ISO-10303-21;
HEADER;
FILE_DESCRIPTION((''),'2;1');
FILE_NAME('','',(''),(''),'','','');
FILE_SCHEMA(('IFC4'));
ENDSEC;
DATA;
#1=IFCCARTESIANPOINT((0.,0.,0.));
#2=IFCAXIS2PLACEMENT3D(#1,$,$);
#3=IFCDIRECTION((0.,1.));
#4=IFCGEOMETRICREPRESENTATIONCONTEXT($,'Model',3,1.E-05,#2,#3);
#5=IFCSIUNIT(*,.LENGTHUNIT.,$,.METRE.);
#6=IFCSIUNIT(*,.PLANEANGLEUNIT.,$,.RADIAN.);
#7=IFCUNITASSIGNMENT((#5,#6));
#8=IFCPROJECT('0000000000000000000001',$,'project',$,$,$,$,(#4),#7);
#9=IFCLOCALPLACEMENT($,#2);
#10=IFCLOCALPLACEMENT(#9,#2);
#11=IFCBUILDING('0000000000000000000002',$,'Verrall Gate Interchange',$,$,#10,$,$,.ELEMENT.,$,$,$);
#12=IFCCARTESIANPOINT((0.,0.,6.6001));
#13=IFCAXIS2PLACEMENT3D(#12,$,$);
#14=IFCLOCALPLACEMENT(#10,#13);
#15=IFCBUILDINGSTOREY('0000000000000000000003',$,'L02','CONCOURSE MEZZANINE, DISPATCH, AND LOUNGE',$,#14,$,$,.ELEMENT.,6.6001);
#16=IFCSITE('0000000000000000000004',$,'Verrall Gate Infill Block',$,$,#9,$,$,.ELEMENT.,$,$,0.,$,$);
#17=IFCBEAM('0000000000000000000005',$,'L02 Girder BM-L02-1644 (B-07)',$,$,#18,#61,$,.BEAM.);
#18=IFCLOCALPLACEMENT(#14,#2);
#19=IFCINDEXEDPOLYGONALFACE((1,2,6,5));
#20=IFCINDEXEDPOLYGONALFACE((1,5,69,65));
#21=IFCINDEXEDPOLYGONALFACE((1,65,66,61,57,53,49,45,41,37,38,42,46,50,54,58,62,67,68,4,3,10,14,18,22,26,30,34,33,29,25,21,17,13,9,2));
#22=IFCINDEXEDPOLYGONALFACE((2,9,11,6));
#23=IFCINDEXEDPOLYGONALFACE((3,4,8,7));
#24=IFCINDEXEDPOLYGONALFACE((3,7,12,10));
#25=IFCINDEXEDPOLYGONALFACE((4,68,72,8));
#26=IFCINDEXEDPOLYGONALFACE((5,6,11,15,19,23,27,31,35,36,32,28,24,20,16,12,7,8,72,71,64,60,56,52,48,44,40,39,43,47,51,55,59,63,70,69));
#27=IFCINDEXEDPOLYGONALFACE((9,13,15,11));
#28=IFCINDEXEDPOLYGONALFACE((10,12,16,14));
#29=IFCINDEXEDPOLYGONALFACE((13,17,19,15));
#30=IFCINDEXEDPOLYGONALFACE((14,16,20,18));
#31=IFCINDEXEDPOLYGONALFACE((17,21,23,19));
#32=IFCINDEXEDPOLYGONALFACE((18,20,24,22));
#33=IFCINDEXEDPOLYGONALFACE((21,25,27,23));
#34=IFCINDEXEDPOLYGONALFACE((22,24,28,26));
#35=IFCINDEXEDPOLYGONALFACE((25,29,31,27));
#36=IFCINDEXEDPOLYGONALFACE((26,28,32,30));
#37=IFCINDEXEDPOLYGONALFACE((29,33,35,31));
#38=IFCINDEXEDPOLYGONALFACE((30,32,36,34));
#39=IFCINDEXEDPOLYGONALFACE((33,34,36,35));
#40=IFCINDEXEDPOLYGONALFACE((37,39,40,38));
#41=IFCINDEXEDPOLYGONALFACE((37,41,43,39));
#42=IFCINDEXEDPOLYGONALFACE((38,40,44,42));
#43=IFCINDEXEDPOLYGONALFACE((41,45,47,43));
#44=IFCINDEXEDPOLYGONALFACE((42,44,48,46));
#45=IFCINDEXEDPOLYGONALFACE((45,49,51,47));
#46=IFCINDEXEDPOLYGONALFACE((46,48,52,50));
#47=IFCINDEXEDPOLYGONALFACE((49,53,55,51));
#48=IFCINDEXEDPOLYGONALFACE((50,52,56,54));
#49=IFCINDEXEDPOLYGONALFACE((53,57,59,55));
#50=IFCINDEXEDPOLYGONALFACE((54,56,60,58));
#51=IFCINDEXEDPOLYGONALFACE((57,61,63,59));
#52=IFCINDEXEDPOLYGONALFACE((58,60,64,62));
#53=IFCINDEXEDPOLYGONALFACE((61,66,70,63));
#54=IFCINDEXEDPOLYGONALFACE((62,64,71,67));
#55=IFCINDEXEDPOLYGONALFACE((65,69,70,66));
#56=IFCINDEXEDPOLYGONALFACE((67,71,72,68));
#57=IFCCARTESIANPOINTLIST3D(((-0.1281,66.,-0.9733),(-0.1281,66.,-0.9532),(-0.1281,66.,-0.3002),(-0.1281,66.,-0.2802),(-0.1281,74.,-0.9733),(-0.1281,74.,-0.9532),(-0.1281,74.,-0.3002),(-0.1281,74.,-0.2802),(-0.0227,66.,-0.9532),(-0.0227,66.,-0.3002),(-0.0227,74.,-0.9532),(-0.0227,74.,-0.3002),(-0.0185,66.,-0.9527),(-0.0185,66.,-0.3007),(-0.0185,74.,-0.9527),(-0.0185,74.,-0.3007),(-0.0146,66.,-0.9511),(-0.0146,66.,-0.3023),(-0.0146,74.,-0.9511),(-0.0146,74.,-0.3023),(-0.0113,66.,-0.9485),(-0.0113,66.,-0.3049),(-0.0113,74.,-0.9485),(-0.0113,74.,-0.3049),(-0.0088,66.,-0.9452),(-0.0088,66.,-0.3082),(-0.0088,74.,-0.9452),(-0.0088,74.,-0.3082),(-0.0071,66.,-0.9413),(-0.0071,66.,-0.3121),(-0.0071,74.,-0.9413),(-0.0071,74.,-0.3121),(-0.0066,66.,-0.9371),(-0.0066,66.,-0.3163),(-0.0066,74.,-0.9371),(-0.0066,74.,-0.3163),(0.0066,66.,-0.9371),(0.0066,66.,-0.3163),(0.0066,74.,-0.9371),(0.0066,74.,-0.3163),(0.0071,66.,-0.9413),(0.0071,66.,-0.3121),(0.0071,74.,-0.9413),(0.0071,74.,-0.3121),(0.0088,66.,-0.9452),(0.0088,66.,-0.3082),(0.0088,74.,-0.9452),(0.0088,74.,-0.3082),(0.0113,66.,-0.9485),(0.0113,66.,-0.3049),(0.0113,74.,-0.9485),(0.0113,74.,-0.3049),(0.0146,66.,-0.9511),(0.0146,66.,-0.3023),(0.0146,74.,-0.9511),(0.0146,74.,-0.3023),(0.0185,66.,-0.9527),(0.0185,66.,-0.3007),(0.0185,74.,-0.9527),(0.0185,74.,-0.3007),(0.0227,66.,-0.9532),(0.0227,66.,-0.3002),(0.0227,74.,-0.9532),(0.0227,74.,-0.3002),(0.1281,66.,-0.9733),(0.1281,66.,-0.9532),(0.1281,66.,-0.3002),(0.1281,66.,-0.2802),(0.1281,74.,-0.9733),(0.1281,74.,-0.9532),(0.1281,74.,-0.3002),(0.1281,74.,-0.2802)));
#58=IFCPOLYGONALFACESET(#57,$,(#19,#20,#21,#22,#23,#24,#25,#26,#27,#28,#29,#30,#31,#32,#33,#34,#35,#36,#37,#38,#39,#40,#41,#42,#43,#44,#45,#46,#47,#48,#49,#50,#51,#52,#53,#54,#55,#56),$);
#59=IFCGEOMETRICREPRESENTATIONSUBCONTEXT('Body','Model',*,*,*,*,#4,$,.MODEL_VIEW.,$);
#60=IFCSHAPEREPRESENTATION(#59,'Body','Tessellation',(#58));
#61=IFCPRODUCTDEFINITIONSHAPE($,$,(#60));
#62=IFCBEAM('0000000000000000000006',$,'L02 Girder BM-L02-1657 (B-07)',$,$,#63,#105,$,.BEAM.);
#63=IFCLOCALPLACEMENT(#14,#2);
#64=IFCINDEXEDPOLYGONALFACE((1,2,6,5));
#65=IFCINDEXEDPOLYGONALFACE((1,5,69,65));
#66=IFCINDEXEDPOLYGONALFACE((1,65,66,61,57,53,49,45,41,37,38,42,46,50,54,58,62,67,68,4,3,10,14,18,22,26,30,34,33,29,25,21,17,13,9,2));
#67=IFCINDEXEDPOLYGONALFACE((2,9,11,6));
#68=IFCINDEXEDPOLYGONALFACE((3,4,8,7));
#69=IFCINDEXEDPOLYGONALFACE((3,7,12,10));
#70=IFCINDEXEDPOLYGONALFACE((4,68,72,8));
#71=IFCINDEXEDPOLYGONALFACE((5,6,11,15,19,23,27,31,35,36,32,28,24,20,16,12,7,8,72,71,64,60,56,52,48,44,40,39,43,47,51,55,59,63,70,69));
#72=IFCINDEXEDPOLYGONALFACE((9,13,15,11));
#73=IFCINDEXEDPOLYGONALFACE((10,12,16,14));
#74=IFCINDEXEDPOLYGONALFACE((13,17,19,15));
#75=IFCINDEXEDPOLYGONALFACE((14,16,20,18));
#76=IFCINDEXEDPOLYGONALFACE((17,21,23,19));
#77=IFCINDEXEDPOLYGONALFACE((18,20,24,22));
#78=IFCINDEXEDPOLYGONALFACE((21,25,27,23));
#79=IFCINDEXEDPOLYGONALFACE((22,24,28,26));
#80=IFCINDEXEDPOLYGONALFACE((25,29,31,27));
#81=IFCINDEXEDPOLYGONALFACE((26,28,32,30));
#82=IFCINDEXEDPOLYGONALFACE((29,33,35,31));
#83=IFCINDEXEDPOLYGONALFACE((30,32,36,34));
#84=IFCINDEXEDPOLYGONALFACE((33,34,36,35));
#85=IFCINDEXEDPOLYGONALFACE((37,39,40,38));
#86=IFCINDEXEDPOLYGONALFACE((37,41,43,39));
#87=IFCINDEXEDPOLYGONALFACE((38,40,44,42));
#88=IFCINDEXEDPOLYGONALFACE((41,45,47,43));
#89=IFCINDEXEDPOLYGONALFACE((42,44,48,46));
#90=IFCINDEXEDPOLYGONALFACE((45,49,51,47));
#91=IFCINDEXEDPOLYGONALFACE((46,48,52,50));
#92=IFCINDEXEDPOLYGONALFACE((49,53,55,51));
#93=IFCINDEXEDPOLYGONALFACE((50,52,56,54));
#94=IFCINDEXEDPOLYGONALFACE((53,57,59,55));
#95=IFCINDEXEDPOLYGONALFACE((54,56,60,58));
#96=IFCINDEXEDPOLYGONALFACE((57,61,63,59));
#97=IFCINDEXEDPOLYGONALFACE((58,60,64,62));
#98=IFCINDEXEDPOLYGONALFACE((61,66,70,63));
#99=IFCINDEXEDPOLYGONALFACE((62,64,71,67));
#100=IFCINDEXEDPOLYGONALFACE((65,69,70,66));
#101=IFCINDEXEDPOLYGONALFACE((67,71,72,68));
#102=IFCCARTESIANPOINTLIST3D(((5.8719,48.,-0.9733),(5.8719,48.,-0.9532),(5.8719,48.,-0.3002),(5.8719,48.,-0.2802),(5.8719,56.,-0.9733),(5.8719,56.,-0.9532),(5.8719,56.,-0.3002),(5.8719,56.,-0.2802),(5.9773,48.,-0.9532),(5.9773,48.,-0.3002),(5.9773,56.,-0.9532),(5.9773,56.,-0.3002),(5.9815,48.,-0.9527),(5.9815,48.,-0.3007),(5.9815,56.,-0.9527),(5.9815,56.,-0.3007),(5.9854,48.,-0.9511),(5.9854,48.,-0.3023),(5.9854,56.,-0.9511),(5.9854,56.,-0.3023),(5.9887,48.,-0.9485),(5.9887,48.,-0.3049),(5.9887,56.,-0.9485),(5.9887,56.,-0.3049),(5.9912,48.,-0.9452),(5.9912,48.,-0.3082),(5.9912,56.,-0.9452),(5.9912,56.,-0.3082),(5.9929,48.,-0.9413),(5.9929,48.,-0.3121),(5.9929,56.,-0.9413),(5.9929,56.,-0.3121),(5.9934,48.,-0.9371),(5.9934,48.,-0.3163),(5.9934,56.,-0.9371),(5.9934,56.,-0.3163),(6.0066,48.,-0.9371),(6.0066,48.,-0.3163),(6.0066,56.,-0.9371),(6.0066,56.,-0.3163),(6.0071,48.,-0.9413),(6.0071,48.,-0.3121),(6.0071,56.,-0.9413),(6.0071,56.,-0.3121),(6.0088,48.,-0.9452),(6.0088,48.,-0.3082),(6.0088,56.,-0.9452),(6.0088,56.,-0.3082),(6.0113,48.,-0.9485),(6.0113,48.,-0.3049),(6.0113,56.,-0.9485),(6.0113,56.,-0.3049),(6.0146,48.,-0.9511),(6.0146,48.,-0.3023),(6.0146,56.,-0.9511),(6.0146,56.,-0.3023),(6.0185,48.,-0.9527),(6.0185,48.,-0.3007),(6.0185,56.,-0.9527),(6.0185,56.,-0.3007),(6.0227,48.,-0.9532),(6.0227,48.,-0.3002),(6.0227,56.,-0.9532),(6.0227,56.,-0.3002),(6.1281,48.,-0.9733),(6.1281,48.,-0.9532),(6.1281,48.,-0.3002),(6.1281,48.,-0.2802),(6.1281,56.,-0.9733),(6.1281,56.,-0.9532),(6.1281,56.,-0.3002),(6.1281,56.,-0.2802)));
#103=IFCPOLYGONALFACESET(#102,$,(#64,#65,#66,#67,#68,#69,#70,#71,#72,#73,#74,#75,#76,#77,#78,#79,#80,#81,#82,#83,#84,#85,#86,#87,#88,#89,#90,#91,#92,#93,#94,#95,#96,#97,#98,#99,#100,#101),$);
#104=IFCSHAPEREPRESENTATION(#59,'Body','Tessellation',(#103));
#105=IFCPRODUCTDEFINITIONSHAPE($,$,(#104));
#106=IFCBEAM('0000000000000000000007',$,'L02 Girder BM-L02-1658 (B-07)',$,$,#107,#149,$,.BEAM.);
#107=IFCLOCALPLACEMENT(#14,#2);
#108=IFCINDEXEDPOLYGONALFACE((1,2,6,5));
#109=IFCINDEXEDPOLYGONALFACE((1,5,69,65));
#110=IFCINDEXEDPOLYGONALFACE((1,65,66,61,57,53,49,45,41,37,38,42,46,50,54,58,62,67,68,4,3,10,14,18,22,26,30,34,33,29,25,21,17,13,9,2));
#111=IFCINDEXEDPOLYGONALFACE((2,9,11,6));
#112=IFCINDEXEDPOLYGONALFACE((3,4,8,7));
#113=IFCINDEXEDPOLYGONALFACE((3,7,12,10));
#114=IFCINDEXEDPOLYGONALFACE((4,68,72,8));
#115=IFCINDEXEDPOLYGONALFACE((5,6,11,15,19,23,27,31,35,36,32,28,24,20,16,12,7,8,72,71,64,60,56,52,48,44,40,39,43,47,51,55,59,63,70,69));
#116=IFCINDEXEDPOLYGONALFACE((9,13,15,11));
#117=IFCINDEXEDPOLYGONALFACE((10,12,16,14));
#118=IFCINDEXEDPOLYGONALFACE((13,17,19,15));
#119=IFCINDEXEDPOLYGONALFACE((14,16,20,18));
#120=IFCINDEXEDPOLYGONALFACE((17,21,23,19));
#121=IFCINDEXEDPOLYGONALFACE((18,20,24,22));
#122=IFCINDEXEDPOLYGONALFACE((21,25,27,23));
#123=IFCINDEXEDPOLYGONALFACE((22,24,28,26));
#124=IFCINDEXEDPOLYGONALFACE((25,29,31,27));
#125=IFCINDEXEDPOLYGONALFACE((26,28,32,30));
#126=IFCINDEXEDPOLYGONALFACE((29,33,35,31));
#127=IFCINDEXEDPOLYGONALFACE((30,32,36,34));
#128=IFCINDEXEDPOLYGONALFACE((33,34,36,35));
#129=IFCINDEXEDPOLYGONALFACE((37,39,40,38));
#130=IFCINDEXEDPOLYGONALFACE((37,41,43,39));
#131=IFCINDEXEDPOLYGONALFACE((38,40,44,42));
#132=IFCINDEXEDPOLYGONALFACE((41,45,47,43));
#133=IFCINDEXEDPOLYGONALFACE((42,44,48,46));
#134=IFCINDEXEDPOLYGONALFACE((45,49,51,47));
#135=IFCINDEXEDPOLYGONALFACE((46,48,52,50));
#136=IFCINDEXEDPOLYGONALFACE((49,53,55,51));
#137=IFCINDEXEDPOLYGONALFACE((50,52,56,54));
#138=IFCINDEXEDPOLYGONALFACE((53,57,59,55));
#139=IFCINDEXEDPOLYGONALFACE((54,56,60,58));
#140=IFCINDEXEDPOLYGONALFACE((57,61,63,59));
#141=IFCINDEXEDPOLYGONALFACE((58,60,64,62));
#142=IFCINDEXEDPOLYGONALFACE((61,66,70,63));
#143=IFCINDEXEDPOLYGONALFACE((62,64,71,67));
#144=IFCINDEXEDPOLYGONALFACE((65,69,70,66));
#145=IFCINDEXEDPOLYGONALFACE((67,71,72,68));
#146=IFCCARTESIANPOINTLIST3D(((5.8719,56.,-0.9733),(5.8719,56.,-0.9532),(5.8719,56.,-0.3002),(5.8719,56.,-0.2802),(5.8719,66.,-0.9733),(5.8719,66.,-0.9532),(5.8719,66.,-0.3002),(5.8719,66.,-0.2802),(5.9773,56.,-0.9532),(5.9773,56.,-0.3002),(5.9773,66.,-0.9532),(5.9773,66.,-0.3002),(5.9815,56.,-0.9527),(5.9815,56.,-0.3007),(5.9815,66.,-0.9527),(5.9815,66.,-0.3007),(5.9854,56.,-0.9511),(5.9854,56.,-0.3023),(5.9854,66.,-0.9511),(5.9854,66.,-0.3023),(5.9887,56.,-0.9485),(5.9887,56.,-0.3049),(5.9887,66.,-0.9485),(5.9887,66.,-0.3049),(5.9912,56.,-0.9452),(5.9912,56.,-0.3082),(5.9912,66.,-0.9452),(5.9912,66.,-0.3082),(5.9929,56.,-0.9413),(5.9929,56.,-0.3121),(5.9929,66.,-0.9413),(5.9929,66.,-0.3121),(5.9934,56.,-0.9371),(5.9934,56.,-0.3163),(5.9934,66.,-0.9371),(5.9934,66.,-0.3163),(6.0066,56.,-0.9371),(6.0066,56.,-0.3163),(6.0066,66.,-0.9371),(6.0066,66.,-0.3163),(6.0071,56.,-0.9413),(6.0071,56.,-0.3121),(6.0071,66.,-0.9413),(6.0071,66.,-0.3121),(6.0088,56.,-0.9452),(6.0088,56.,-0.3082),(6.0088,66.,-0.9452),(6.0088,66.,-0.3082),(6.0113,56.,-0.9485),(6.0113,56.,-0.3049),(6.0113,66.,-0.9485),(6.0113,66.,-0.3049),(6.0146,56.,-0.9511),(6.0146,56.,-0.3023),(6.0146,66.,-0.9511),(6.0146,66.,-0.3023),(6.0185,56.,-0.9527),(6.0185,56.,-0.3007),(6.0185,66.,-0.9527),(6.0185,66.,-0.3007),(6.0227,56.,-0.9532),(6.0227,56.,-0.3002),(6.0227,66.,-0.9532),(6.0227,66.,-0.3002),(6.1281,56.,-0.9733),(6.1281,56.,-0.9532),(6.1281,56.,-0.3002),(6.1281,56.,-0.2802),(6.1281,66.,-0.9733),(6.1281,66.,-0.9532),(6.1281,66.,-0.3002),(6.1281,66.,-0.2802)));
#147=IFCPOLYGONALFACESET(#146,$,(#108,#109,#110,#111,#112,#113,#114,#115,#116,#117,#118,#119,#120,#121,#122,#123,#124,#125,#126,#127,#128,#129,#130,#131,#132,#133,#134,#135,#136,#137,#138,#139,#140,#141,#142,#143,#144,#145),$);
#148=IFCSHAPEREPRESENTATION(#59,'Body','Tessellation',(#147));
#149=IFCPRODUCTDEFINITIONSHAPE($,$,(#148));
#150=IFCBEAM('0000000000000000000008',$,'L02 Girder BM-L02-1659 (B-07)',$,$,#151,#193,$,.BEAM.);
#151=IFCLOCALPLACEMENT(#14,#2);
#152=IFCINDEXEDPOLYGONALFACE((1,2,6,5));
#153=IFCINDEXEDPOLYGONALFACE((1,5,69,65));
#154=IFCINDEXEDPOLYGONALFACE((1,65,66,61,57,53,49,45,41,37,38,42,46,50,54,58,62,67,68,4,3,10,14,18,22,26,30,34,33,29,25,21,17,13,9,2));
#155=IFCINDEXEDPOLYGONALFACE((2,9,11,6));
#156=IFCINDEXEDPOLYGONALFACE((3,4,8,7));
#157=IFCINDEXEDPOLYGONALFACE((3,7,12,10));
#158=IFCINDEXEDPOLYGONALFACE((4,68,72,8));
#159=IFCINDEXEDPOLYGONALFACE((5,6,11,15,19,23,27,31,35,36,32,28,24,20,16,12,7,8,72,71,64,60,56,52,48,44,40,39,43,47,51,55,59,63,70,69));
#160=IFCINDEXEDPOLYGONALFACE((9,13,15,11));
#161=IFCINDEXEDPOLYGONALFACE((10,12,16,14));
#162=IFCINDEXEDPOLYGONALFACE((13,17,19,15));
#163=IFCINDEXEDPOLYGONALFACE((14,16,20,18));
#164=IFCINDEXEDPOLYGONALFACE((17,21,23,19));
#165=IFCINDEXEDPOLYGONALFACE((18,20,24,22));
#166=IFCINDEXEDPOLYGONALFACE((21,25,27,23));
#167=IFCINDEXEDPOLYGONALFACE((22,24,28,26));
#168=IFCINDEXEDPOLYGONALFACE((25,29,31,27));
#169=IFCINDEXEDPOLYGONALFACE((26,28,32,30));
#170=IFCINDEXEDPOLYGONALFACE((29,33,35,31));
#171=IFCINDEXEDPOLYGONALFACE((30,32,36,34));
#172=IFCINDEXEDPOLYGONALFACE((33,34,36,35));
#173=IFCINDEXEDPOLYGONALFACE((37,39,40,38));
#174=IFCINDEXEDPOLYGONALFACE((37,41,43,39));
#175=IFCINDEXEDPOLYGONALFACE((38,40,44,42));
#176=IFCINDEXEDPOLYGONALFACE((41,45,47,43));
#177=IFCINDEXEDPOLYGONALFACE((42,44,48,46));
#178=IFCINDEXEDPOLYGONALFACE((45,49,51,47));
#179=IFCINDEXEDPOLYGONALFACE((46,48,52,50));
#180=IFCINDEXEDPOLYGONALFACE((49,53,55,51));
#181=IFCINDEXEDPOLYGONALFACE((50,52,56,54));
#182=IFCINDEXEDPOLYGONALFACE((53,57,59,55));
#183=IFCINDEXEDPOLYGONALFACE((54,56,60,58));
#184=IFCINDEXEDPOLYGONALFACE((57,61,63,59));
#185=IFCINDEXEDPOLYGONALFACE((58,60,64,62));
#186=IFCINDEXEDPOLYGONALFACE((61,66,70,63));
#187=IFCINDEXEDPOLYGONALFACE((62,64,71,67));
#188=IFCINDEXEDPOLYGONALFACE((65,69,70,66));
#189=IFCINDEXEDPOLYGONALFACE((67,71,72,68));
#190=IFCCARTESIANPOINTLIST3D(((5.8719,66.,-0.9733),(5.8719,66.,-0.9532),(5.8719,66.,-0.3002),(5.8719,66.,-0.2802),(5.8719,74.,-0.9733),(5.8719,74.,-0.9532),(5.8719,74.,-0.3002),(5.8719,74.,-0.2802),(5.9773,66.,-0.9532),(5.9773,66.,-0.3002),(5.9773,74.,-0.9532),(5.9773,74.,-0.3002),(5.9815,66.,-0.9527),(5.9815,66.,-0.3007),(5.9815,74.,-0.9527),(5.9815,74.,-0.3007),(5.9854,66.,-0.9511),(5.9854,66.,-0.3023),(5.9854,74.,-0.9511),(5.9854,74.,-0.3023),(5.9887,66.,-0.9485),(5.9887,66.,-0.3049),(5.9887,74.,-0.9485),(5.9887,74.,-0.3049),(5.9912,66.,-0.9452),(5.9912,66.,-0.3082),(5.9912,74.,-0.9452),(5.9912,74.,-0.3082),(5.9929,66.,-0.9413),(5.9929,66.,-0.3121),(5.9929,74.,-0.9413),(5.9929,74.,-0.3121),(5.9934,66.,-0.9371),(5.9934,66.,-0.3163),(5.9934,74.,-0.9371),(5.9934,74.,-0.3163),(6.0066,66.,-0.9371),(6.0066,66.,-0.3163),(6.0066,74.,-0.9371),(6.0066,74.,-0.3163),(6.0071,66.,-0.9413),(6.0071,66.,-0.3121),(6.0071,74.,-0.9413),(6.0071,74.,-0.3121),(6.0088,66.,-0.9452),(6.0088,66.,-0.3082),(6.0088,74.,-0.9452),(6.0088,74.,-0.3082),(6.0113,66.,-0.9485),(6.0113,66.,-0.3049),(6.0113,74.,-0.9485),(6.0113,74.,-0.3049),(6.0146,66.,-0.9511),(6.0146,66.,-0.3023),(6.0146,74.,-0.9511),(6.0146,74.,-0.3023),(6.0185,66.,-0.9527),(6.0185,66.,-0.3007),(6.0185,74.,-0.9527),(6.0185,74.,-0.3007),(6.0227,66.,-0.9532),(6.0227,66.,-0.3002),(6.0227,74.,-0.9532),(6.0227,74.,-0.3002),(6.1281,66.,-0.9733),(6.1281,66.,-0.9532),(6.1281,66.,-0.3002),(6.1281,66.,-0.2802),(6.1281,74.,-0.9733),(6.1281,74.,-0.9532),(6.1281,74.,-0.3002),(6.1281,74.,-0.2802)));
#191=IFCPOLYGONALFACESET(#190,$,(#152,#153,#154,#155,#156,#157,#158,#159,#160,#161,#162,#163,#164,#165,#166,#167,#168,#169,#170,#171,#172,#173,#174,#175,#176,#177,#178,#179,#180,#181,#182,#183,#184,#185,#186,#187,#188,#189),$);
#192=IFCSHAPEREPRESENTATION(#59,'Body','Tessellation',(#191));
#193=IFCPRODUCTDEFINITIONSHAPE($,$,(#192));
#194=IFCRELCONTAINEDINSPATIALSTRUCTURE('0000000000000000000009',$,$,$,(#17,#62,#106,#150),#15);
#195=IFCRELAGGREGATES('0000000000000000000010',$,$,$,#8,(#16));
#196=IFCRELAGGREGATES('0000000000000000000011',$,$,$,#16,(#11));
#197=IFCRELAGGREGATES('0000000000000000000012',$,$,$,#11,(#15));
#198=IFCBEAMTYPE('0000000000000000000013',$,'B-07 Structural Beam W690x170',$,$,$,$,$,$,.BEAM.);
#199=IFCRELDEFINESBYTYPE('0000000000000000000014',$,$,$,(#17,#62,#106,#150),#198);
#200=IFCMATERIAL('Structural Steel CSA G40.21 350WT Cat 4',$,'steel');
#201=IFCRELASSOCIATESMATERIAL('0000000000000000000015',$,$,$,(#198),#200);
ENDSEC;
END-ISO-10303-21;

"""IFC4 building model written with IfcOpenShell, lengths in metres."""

from ifc_helpers import new_model, si_unit, direction, frame, origin, origin_2d, place, context, subcontext, project, spatial, i_section, extrude, material, material_profile, profile_set, type_object, element, save


model = new_model("IFC4")

# Units and contexts
model_context = context("Model", 3, precision=1e-05, world=origin(), true_north=direction((0.0, 1.0)))
body_context = subcontext(model_context, "Body", "Model", "MODEL_VIEW")
ifc_project = project(units=[si_unit("LENGTHUNIT", "METRE"), si_unit("PLANEANGLEUNIT", "RADIAN")], contexts=[model_context])

# Site, building, storey
site_placement = place(None, origin())
site = spatial("IfcSite", under=ifc_project, at=site_placement, Name="Verrall Gate Infill Block", CompositionType="ELEMENT", RefElevation=0.0)
building_placement = place(site_placement, origin())
building = spatial("IfcBuilding", under=site, at=building_placement, Name="Verrall Gate Interchange", CompositionType="ELEMENT")
storey_placement = place(building_placement, frame((0.0, 0.0, 6.6001)))
storey = spatial("IfcBuildingStorey", under=building, at=storey_placement, Name="L02", Description="CONCOURSE MEZZANINE, DISPATCH, AND LOUNGE", CompositionType="ELEMENT", Elevation=6.6001)

# Beams
ifc_material_1 = material(Name="Structural Steel CSA G40.21 350WT Cat 4", Category="steel")
ifc_material_profile_1 = material_profile(ifc_material_1, i_section(OverallWidth=0.2561, OverallDepth=0.6931, WebThickness=0.0132, FlangeThickness=0.02, FilletRadius=0.0161, at=origin_2d()), Name="W690x170")
ifc_profile_set_1 = profile_set([ifc_material_profile_1], Name="Structural Steel CSA G40.21 350WT Cat 4")
beam_type_1 = type_object("IfcBeamType", Name="B-07 Structural Beam W690x170", PredefinedType="BEAM", material=ifc_profile_set_1)
for number, where, z_axis, x_axis, name in (
    (1, (0.0, 66.0, -0.6267), (0.0, 1.0, 0.0), (-1.0, 0.0, 0.0), "L02 Girder BM-L02-1644 (B-07)"),
    (2, (6.0, 48.0, -0.6267), (0.0, 1.0, 0.0), (-1.0, 0.0, 0.0), "L02 Girder BM-L02-1657 (B-07)"),
):
    element("IfcBeam", number, at=place(storey_placement, frame(where, z_axis=z_axis, x_axis=x_axis)), inside=storey, type_object=beam_type_1, Name=name, PredefinedType="BEAM", context=body_context, shape_type="SweptSolid", body=[
        extrude(i_section(OverallWidth=0.2561, OverallDepth=0.6931, WebThickness=0.0132, FlangeThickness=0.02, FilletRadius=0.0161, at=origin_2d()), origin(), (0.0, 0.0, 1.0), 8.0),
    ])
beam_1_placement = place(storey_placement, frame((6.0, 56.0, -0.6267), z_axis=(0.0, 1.0, 0.0), x_axis=(-1.0, 0.0, 0.0)))
element("IfcBeam", 3, at=beam_1_placement, inside=storey, type_object=beam_type_1, Name="L02 Girder BM-L02-1658 (B-07)", PredefinedType="BEAM", context=body_context, shape_type="SweptSolid", body=[
    extrude(i_section(OverallWidth=0.2561, OverallDepth=0.6931, WebThickness=0.0132, FlangeThickness=0.02, FilletRadius=0.0161, at=origin_2d()), origin(), (0.0, 0.0, 1.0), 10.0),
])
beam_2_placement = place(storey_placement, frame((6.0, 66.0, -0.6267), z_axis=(0.0, 1.0, 0.0), x_axis=(-1.0, 0.0, 0.0)))
element("IfcBeam", 4, at=beam_2_placement, inside=storey, type_object=beam_type_1, Name="L02 Girder BM-L02-1659 (B-07)", PredefinedType="BEAM", context=body_context, shape_type="SweptSolid", body=[
    extrude(i_section(OverallWidth=0.2561, OverallDepth=0.6931, WebThickness=0.0132, FlangeThickness=0.02, FilletRadius=0.0161, at=origin_2d()), origin(), (0.0, 0.0, 1.0), 8.0),
])

save(model, "model.ifc")
